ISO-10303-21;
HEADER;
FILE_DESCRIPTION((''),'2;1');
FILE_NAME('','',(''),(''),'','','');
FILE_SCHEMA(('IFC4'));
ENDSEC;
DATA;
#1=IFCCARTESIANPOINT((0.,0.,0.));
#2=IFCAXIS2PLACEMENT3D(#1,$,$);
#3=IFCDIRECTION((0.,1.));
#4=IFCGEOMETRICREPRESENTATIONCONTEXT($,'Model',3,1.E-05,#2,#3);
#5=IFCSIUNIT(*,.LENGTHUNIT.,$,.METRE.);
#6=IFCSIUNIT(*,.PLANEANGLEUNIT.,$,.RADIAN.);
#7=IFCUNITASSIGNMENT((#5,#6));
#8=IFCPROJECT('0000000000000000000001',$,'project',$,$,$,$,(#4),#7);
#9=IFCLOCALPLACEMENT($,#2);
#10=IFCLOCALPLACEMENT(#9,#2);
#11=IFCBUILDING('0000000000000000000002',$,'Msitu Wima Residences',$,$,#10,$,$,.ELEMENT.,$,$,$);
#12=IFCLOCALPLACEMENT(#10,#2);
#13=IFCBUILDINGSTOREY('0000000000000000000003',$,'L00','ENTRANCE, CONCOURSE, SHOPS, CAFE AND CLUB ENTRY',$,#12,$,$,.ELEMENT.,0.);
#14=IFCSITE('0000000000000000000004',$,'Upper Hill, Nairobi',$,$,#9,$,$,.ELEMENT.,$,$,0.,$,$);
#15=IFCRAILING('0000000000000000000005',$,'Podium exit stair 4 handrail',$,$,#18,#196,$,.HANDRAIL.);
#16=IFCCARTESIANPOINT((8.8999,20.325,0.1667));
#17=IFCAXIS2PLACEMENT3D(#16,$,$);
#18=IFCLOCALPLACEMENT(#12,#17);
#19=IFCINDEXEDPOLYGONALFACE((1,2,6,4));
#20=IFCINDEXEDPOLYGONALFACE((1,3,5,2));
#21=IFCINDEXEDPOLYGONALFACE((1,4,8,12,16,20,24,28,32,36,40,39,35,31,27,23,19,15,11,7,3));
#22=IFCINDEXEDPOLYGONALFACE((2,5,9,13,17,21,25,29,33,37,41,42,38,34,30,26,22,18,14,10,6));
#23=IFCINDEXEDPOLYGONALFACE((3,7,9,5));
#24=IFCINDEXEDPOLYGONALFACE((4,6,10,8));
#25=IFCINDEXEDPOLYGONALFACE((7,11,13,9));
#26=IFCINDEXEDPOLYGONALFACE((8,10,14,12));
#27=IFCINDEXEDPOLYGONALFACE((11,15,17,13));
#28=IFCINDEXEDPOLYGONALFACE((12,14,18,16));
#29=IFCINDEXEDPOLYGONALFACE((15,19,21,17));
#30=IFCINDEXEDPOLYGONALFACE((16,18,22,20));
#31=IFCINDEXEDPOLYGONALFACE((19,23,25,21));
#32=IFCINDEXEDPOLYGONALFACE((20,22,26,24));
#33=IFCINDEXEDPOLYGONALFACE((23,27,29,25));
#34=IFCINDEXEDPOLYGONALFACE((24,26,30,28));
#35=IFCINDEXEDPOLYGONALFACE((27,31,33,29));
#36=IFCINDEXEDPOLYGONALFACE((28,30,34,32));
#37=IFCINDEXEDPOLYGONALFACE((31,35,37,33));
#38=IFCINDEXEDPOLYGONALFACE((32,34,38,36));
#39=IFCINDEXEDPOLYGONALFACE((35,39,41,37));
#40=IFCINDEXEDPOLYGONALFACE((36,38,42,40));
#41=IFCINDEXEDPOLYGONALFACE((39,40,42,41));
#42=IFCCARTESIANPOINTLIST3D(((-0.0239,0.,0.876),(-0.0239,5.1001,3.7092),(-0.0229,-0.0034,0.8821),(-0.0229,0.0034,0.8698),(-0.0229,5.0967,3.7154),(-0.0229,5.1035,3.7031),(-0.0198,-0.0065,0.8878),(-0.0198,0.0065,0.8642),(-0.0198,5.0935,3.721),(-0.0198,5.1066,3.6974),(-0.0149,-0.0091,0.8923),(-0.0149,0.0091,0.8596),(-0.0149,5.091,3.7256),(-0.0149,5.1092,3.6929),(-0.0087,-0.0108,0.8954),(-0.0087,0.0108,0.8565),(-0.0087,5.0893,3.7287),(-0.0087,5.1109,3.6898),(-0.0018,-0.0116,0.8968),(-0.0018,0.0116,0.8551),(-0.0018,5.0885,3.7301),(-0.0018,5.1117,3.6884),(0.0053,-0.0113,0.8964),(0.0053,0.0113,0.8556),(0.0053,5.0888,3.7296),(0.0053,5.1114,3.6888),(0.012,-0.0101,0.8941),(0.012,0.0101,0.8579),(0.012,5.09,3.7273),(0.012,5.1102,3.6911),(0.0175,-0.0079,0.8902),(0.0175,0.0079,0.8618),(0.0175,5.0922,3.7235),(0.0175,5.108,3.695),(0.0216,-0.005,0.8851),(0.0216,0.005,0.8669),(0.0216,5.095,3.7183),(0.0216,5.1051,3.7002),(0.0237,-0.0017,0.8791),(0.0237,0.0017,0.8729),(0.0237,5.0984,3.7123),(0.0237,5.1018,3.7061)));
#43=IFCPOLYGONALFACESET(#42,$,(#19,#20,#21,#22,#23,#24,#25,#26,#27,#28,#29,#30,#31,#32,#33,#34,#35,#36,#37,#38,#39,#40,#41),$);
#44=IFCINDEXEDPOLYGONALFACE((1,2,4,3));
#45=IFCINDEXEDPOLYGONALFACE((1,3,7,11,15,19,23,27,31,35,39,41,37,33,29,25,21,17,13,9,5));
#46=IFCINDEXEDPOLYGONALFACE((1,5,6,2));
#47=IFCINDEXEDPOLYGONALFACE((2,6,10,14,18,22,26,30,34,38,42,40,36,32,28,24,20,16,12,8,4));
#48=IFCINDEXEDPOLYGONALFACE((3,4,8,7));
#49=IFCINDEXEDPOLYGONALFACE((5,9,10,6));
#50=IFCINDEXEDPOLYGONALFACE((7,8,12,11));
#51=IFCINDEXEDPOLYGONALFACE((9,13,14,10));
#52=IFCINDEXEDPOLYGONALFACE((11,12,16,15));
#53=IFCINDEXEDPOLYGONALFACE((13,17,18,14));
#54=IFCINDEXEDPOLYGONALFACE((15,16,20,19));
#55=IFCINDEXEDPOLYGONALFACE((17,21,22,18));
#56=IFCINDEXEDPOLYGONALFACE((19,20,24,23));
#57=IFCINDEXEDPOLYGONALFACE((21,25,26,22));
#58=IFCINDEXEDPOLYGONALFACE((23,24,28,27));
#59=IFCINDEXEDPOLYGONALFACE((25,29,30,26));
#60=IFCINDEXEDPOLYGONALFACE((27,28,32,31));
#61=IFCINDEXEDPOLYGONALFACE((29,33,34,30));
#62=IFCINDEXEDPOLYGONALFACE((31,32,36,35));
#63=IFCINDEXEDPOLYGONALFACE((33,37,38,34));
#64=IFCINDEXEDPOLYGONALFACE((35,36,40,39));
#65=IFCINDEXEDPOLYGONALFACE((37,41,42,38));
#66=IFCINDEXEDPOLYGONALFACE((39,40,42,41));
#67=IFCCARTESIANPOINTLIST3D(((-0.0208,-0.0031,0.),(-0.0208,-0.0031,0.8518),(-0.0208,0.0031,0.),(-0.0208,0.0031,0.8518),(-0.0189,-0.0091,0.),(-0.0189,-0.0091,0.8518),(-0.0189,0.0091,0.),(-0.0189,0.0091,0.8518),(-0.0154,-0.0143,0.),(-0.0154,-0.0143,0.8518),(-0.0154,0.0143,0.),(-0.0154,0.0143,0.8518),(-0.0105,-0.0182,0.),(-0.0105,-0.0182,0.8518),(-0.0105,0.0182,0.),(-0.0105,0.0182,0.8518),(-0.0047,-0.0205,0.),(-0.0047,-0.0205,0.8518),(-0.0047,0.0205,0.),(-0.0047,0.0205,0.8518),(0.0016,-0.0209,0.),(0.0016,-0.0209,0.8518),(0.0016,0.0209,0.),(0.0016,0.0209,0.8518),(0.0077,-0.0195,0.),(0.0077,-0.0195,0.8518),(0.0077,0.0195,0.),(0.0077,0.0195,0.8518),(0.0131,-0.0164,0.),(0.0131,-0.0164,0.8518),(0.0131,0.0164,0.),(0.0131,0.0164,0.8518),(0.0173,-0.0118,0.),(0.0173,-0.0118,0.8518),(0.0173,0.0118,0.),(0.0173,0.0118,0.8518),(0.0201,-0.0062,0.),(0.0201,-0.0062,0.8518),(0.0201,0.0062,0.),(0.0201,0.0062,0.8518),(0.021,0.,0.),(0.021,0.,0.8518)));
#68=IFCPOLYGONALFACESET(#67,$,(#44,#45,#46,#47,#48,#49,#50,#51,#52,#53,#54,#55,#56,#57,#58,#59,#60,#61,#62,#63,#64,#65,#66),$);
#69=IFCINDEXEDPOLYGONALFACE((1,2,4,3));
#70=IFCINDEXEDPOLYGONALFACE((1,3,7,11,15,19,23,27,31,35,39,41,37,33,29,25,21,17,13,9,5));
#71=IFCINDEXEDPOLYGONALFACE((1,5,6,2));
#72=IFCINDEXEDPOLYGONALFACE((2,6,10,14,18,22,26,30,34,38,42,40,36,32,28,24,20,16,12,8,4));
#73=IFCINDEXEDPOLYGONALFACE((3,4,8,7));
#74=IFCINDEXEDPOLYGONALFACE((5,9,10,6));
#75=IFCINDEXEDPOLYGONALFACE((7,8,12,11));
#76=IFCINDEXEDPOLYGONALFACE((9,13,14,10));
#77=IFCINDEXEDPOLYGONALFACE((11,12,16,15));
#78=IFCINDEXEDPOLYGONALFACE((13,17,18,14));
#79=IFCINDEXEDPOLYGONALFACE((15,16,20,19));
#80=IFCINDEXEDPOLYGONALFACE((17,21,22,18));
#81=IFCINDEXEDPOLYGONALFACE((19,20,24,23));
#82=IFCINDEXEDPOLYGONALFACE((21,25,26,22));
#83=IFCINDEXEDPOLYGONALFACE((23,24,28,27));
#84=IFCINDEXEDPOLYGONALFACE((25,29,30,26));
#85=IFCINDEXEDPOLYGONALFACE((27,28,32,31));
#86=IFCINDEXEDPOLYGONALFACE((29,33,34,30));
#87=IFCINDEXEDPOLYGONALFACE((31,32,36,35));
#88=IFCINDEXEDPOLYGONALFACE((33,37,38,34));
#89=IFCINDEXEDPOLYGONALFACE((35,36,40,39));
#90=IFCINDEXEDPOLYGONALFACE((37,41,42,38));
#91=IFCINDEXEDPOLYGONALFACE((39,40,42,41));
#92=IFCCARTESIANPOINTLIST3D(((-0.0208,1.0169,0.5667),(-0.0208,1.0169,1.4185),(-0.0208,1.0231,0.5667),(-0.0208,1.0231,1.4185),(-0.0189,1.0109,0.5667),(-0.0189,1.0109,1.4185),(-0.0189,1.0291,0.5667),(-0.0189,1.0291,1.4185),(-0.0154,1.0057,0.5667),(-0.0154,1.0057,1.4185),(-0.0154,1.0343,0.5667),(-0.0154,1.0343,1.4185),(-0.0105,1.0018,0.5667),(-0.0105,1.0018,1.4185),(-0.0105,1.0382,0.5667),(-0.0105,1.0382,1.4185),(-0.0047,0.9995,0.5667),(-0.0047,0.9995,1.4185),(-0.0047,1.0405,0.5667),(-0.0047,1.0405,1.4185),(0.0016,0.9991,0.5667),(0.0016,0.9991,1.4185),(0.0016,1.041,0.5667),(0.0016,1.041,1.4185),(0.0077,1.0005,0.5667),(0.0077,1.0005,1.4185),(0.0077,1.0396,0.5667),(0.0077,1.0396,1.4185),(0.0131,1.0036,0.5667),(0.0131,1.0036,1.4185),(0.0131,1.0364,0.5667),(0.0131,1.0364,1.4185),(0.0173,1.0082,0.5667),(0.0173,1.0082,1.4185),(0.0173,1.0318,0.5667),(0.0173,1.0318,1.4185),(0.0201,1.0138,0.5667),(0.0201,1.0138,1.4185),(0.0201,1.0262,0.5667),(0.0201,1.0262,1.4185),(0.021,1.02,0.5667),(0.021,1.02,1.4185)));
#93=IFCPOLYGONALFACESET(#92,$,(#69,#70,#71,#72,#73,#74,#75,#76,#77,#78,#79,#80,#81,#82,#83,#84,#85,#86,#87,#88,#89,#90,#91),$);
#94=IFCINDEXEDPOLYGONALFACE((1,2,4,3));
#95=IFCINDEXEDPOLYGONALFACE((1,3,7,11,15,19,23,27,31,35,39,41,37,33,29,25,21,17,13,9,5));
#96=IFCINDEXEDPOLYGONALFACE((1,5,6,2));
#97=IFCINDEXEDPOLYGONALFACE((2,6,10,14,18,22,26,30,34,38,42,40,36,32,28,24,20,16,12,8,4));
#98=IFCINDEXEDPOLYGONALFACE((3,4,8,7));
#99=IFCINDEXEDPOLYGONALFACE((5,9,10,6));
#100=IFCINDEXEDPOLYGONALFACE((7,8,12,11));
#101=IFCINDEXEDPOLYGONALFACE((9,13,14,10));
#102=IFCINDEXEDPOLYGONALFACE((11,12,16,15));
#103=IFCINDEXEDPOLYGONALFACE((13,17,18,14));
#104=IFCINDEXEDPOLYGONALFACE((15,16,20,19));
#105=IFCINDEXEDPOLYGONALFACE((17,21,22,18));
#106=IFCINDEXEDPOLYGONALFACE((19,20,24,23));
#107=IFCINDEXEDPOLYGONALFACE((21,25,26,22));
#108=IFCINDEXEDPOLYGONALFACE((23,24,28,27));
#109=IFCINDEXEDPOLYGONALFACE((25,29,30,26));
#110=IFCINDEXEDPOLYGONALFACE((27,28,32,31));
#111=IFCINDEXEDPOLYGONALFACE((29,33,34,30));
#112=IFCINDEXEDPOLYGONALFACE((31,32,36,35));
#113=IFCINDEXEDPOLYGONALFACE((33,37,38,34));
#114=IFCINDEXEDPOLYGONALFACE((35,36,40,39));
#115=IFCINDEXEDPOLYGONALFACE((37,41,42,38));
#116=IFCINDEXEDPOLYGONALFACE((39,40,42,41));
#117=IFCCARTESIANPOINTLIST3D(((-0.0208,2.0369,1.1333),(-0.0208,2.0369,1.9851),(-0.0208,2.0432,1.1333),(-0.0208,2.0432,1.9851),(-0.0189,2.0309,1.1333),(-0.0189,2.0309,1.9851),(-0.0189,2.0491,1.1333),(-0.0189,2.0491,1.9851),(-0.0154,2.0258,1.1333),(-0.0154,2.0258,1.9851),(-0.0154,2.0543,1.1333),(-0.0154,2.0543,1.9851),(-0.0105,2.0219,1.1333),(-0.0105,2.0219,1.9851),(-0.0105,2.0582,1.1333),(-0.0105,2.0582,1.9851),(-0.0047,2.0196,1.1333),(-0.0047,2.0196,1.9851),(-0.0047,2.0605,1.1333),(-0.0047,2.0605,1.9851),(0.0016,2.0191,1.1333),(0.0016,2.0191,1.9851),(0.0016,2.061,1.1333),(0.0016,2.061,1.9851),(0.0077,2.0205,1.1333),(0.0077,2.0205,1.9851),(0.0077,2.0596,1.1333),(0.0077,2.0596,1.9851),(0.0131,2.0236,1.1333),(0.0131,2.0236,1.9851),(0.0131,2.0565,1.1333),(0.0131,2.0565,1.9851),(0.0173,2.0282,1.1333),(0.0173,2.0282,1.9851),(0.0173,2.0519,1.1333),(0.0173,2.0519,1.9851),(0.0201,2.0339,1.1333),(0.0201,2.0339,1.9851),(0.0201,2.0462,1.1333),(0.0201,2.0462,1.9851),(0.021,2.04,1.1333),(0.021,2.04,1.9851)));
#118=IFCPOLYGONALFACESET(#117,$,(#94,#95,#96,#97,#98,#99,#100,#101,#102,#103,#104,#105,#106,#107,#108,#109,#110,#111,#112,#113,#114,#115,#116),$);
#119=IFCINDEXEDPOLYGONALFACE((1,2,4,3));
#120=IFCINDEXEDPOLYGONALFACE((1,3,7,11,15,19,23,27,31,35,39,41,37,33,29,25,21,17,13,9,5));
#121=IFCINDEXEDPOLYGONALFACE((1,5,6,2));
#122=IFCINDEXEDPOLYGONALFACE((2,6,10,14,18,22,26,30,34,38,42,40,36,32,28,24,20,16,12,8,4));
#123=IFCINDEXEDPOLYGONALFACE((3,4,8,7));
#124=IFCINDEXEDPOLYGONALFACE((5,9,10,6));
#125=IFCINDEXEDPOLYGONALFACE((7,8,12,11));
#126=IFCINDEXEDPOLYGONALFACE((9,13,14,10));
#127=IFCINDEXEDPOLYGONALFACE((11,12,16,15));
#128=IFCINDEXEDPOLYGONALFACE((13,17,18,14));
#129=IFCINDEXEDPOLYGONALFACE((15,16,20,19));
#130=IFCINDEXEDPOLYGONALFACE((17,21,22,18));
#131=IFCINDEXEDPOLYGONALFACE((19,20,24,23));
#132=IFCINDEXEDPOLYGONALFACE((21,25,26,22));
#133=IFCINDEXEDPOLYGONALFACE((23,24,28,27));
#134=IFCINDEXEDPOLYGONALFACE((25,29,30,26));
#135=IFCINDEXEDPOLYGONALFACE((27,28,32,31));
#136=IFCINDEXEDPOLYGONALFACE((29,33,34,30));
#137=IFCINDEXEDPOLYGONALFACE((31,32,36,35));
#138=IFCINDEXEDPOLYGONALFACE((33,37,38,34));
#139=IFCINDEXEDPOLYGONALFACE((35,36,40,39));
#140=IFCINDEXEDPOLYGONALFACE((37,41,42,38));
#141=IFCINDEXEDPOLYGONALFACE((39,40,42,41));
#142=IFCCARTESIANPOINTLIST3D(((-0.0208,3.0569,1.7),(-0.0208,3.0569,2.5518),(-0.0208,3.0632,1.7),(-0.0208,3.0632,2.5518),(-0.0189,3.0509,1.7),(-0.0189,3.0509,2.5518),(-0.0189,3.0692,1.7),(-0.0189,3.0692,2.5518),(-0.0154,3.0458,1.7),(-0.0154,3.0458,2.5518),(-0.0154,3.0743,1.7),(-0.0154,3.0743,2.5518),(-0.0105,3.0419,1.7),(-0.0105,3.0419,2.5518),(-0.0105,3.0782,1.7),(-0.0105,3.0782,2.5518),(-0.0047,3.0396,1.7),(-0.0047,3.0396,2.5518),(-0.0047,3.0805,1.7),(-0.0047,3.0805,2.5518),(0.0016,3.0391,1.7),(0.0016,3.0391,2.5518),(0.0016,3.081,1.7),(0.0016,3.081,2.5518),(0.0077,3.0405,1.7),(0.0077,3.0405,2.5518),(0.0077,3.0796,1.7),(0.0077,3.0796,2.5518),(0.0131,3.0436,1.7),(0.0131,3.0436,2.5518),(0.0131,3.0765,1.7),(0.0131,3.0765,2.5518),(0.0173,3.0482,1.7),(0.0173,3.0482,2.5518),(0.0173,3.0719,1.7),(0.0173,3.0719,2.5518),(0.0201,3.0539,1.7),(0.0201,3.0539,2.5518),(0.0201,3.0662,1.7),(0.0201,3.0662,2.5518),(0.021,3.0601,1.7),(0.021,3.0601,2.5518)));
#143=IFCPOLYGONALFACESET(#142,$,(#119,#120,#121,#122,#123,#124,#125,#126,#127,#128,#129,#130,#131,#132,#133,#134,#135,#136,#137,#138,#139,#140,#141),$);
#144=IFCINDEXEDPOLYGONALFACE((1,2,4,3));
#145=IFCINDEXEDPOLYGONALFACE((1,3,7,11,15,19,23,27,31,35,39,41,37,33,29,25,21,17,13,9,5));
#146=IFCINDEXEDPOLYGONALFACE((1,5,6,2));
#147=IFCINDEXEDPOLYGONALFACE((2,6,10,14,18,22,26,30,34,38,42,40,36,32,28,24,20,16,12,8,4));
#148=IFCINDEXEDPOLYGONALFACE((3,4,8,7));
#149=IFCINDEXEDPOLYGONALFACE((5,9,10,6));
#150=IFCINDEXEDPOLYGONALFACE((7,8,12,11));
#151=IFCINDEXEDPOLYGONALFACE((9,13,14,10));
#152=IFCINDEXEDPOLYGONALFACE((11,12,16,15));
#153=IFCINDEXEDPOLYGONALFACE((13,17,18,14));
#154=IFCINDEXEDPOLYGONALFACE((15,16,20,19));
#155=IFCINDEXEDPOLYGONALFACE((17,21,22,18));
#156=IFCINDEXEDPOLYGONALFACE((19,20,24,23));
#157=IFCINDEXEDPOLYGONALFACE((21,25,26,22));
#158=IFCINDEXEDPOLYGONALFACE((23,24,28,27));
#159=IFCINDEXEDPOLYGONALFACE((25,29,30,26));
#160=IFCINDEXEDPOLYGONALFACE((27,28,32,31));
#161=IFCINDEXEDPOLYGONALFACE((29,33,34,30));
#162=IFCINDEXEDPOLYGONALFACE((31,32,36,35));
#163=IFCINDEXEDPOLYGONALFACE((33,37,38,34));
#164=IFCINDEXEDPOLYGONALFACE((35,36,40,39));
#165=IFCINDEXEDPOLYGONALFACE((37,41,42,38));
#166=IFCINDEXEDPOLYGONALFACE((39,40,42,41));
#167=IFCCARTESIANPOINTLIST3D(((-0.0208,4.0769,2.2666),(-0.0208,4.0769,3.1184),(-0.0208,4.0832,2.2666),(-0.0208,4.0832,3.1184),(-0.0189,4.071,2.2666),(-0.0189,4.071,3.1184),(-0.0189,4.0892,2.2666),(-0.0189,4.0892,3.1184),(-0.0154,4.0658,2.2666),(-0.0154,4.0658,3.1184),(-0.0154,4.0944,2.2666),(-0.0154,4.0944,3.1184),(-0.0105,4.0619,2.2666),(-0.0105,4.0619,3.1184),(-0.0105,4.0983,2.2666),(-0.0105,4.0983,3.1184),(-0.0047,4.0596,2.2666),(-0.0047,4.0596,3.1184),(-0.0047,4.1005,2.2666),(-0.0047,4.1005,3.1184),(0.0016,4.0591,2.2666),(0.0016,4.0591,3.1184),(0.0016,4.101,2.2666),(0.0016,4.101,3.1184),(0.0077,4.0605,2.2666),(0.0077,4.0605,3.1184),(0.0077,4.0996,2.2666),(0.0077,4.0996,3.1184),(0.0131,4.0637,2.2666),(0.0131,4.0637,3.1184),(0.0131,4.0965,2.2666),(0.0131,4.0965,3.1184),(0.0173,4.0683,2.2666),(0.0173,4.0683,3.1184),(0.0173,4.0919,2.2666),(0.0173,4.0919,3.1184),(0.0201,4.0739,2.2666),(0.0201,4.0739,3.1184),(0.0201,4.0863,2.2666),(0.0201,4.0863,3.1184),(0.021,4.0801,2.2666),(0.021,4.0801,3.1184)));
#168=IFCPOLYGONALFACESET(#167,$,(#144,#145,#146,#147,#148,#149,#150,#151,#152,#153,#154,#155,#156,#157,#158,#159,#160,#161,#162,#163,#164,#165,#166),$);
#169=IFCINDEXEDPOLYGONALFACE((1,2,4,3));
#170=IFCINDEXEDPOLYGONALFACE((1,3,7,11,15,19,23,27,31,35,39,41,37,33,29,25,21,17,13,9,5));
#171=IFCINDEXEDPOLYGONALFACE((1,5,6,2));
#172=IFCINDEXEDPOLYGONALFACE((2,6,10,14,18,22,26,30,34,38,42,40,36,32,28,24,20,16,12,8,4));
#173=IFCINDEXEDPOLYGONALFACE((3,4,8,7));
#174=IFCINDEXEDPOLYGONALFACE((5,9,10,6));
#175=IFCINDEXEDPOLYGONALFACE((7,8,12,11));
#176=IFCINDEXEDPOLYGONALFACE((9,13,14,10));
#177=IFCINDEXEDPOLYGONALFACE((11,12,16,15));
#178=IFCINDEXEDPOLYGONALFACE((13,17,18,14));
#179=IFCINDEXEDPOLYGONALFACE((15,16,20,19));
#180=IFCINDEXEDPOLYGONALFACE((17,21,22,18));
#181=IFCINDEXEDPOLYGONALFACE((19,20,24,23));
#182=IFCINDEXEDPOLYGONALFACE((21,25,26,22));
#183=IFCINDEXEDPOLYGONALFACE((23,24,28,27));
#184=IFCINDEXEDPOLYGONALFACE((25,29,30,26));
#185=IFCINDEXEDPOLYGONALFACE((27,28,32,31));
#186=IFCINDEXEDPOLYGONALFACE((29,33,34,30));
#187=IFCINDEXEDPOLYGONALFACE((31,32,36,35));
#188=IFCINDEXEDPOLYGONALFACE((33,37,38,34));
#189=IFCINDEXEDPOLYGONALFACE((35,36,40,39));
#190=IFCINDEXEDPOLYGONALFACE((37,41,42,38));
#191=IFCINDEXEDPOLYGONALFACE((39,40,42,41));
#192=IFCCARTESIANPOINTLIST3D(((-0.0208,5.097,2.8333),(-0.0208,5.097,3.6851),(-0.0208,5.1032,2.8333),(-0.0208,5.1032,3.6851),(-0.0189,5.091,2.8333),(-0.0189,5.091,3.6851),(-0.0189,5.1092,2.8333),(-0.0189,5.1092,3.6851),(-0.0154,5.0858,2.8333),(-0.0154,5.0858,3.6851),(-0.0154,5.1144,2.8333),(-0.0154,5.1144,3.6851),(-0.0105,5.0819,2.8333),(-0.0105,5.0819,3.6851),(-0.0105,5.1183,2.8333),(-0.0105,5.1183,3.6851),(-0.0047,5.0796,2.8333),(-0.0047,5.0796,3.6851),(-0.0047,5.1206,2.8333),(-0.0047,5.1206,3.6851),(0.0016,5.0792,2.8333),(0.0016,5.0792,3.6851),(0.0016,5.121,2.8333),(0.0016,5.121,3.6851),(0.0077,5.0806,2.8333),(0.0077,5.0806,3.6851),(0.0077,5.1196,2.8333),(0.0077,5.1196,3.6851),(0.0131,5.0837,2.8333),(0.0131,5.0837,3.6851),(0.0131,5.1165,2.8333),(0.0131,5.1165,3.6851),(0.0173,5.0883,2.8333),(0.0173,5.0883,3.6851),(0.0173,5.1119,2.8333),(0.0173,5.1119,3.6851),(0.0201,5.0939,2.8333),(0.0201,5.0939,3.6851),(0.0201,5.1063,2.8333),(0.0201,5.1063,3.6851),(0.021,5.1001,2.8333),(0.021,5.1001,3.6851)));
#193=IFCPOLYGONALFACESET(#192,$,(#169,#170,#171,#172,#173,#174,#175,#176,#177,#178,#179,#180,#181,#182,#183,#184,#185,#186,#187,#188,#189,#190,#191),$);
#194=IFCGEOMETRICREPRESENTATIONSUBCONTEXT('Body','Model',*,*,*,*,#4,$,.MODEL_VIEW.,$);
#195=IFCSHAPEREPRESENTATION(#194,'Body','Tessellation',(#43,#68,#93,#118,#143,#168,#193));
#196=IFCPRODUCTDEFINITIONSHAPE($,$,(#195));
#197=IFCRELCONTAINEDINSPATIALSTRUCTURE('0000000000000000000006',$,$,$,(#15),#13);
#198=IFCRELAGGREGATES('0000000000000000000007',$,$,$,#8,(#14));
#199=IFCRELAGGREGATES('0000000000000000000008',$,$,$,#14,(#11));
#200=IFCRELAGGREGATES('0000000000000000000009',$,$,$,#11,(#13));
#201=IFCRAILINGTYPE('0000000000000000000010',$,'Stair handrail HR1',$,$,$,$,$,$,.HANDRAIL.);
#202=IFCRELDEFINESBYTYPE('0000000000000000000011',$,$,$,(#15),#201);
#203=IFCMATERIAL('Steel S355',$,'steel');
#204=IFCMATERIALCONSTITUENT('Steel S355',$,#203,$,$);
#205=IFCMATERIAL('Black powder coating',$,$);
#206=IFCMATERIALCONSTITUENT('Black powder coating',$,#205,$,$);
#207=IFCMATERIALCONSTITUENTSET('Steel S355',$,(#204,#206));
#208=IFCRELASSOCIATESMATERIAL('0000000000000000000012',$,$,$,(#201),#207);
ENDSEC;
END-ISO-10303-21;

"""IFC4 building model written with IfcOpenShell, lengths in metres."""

from ifc_helpers import new_model, si_unit, direction, frame, origin, origin_2d, place, context, subcontext, project, spatial, circle, extrude, material, constituent, constituent_set, type_object, element, save


model = new_model("IFC4")

# Units and contexts
model_context = context("Model", 3, precision=1e-05, world=origin(), true_north=direction((0.0, 1.0)))
body_context = subcontext(model_context, "Body", "Model", "MODEL_VIEW")
ifc_project = project(units=[si_unit("LENGTHUNIT", "METRE"), si_unit("PLANEANGLEUNIT", "RADIAN")], contexts=[model_context])

# Site, building, storey
site_placement = place(None, origin())
site = spatial("IfcSite", under=ifc_project, at=site_placement, Name="Upper Hill, Nairobi", CompositionType="ELEMENT", RefElevation=0.0)
building_placement = place(site_placement, origin())
building = spatial("IfcBuilding", under=site, at=building_placement, Name="Msitu Wima Residences", CompositionType="ELEMENT")
storey_placement = place(building_placement, origin())
storey = spatial("IfcBuildingStorey", under=building, at=storey_placement, Name="L00", Description="ENTRANCE, CONCOURSE, SHOPS, CAFE AND CLUB ENTRY", CompositionType="ELEMENT", Elevation=0.0)

# Railing
ifc_material_1 = material(Name="Steel S355", Category="steel")
ifc_constituent_1 = constituent(ifc_material_1, Name="Steel S355")
ifc_material_2 = material(Name="Black powder coating")
ifc_constituent_2 = constituent(ifc_material_2, Name="Black powder coating")
ifc_constituent_set = constituent_set(constituents=[ifc_constituent_1, ifc_constituent_2], Name="Steel S355")
railing_type = type_object("IfcRailingType", Name="Stair handrail HR1", PredefinedType="HANDRAIL", material=ifc_constituent_set)
for number, where, name in (
    (1, (8.8999, 20.325, 0.1667), "Podium exit stair 4 handrail"),
):
    element("IfcRailing", number, at=place(storey_placement, frame(where)), inside=storey, type_object=railing_type, Name=name, PredefinedType="HANDRAIL", context=body_context, shape_type="SweptSolid", body=[
        extrude(circle(Radius=0.0239, at=origin_2d()), frame((0.0, 0.0, 0.876), z_axis=(0.0, 0.874167, 0.485625), x_axis=(-1.0, 0.0, 0.0)), (0.0, 0.0, 1.0), 5.8342),
        extrude(circle(Radius=0.021, at=origin_2d()), origin(), (0.0, 0.0, 1.0), 0.8518),
        extrude(circle(Radius=0.021, at=origin_2d()), frame((0.0, 1.02, 0.5667)), (0.0, 0.0, 1.0), 0.8518),
        extrude(circle(Radius=0.021, at=origin_2d()), frame((0.0, 2.04, 1.1333)), (0.0, 0.0, 1.0), 0.8518),
        extrude(circle(Radius=0.021, at=origin_2d()), frame((0.0, 3.0601, 1.7)), (0.0, 0.0, 1.0), 0.8518),
        extrude(circle(Radius=0.021, at=origin_2d()), frame((0.0, 4.0801, 2.2666)), (0.0, 0.0, 1.0), 0.8518),
        extrude(circle(Radius=0.021, at=origin_2d()), frame((0.0, 5.1001, 2.8333)), (0.0, 0.0, 1.0), 0.8518),
    ])

save(model, "model.ifc")
